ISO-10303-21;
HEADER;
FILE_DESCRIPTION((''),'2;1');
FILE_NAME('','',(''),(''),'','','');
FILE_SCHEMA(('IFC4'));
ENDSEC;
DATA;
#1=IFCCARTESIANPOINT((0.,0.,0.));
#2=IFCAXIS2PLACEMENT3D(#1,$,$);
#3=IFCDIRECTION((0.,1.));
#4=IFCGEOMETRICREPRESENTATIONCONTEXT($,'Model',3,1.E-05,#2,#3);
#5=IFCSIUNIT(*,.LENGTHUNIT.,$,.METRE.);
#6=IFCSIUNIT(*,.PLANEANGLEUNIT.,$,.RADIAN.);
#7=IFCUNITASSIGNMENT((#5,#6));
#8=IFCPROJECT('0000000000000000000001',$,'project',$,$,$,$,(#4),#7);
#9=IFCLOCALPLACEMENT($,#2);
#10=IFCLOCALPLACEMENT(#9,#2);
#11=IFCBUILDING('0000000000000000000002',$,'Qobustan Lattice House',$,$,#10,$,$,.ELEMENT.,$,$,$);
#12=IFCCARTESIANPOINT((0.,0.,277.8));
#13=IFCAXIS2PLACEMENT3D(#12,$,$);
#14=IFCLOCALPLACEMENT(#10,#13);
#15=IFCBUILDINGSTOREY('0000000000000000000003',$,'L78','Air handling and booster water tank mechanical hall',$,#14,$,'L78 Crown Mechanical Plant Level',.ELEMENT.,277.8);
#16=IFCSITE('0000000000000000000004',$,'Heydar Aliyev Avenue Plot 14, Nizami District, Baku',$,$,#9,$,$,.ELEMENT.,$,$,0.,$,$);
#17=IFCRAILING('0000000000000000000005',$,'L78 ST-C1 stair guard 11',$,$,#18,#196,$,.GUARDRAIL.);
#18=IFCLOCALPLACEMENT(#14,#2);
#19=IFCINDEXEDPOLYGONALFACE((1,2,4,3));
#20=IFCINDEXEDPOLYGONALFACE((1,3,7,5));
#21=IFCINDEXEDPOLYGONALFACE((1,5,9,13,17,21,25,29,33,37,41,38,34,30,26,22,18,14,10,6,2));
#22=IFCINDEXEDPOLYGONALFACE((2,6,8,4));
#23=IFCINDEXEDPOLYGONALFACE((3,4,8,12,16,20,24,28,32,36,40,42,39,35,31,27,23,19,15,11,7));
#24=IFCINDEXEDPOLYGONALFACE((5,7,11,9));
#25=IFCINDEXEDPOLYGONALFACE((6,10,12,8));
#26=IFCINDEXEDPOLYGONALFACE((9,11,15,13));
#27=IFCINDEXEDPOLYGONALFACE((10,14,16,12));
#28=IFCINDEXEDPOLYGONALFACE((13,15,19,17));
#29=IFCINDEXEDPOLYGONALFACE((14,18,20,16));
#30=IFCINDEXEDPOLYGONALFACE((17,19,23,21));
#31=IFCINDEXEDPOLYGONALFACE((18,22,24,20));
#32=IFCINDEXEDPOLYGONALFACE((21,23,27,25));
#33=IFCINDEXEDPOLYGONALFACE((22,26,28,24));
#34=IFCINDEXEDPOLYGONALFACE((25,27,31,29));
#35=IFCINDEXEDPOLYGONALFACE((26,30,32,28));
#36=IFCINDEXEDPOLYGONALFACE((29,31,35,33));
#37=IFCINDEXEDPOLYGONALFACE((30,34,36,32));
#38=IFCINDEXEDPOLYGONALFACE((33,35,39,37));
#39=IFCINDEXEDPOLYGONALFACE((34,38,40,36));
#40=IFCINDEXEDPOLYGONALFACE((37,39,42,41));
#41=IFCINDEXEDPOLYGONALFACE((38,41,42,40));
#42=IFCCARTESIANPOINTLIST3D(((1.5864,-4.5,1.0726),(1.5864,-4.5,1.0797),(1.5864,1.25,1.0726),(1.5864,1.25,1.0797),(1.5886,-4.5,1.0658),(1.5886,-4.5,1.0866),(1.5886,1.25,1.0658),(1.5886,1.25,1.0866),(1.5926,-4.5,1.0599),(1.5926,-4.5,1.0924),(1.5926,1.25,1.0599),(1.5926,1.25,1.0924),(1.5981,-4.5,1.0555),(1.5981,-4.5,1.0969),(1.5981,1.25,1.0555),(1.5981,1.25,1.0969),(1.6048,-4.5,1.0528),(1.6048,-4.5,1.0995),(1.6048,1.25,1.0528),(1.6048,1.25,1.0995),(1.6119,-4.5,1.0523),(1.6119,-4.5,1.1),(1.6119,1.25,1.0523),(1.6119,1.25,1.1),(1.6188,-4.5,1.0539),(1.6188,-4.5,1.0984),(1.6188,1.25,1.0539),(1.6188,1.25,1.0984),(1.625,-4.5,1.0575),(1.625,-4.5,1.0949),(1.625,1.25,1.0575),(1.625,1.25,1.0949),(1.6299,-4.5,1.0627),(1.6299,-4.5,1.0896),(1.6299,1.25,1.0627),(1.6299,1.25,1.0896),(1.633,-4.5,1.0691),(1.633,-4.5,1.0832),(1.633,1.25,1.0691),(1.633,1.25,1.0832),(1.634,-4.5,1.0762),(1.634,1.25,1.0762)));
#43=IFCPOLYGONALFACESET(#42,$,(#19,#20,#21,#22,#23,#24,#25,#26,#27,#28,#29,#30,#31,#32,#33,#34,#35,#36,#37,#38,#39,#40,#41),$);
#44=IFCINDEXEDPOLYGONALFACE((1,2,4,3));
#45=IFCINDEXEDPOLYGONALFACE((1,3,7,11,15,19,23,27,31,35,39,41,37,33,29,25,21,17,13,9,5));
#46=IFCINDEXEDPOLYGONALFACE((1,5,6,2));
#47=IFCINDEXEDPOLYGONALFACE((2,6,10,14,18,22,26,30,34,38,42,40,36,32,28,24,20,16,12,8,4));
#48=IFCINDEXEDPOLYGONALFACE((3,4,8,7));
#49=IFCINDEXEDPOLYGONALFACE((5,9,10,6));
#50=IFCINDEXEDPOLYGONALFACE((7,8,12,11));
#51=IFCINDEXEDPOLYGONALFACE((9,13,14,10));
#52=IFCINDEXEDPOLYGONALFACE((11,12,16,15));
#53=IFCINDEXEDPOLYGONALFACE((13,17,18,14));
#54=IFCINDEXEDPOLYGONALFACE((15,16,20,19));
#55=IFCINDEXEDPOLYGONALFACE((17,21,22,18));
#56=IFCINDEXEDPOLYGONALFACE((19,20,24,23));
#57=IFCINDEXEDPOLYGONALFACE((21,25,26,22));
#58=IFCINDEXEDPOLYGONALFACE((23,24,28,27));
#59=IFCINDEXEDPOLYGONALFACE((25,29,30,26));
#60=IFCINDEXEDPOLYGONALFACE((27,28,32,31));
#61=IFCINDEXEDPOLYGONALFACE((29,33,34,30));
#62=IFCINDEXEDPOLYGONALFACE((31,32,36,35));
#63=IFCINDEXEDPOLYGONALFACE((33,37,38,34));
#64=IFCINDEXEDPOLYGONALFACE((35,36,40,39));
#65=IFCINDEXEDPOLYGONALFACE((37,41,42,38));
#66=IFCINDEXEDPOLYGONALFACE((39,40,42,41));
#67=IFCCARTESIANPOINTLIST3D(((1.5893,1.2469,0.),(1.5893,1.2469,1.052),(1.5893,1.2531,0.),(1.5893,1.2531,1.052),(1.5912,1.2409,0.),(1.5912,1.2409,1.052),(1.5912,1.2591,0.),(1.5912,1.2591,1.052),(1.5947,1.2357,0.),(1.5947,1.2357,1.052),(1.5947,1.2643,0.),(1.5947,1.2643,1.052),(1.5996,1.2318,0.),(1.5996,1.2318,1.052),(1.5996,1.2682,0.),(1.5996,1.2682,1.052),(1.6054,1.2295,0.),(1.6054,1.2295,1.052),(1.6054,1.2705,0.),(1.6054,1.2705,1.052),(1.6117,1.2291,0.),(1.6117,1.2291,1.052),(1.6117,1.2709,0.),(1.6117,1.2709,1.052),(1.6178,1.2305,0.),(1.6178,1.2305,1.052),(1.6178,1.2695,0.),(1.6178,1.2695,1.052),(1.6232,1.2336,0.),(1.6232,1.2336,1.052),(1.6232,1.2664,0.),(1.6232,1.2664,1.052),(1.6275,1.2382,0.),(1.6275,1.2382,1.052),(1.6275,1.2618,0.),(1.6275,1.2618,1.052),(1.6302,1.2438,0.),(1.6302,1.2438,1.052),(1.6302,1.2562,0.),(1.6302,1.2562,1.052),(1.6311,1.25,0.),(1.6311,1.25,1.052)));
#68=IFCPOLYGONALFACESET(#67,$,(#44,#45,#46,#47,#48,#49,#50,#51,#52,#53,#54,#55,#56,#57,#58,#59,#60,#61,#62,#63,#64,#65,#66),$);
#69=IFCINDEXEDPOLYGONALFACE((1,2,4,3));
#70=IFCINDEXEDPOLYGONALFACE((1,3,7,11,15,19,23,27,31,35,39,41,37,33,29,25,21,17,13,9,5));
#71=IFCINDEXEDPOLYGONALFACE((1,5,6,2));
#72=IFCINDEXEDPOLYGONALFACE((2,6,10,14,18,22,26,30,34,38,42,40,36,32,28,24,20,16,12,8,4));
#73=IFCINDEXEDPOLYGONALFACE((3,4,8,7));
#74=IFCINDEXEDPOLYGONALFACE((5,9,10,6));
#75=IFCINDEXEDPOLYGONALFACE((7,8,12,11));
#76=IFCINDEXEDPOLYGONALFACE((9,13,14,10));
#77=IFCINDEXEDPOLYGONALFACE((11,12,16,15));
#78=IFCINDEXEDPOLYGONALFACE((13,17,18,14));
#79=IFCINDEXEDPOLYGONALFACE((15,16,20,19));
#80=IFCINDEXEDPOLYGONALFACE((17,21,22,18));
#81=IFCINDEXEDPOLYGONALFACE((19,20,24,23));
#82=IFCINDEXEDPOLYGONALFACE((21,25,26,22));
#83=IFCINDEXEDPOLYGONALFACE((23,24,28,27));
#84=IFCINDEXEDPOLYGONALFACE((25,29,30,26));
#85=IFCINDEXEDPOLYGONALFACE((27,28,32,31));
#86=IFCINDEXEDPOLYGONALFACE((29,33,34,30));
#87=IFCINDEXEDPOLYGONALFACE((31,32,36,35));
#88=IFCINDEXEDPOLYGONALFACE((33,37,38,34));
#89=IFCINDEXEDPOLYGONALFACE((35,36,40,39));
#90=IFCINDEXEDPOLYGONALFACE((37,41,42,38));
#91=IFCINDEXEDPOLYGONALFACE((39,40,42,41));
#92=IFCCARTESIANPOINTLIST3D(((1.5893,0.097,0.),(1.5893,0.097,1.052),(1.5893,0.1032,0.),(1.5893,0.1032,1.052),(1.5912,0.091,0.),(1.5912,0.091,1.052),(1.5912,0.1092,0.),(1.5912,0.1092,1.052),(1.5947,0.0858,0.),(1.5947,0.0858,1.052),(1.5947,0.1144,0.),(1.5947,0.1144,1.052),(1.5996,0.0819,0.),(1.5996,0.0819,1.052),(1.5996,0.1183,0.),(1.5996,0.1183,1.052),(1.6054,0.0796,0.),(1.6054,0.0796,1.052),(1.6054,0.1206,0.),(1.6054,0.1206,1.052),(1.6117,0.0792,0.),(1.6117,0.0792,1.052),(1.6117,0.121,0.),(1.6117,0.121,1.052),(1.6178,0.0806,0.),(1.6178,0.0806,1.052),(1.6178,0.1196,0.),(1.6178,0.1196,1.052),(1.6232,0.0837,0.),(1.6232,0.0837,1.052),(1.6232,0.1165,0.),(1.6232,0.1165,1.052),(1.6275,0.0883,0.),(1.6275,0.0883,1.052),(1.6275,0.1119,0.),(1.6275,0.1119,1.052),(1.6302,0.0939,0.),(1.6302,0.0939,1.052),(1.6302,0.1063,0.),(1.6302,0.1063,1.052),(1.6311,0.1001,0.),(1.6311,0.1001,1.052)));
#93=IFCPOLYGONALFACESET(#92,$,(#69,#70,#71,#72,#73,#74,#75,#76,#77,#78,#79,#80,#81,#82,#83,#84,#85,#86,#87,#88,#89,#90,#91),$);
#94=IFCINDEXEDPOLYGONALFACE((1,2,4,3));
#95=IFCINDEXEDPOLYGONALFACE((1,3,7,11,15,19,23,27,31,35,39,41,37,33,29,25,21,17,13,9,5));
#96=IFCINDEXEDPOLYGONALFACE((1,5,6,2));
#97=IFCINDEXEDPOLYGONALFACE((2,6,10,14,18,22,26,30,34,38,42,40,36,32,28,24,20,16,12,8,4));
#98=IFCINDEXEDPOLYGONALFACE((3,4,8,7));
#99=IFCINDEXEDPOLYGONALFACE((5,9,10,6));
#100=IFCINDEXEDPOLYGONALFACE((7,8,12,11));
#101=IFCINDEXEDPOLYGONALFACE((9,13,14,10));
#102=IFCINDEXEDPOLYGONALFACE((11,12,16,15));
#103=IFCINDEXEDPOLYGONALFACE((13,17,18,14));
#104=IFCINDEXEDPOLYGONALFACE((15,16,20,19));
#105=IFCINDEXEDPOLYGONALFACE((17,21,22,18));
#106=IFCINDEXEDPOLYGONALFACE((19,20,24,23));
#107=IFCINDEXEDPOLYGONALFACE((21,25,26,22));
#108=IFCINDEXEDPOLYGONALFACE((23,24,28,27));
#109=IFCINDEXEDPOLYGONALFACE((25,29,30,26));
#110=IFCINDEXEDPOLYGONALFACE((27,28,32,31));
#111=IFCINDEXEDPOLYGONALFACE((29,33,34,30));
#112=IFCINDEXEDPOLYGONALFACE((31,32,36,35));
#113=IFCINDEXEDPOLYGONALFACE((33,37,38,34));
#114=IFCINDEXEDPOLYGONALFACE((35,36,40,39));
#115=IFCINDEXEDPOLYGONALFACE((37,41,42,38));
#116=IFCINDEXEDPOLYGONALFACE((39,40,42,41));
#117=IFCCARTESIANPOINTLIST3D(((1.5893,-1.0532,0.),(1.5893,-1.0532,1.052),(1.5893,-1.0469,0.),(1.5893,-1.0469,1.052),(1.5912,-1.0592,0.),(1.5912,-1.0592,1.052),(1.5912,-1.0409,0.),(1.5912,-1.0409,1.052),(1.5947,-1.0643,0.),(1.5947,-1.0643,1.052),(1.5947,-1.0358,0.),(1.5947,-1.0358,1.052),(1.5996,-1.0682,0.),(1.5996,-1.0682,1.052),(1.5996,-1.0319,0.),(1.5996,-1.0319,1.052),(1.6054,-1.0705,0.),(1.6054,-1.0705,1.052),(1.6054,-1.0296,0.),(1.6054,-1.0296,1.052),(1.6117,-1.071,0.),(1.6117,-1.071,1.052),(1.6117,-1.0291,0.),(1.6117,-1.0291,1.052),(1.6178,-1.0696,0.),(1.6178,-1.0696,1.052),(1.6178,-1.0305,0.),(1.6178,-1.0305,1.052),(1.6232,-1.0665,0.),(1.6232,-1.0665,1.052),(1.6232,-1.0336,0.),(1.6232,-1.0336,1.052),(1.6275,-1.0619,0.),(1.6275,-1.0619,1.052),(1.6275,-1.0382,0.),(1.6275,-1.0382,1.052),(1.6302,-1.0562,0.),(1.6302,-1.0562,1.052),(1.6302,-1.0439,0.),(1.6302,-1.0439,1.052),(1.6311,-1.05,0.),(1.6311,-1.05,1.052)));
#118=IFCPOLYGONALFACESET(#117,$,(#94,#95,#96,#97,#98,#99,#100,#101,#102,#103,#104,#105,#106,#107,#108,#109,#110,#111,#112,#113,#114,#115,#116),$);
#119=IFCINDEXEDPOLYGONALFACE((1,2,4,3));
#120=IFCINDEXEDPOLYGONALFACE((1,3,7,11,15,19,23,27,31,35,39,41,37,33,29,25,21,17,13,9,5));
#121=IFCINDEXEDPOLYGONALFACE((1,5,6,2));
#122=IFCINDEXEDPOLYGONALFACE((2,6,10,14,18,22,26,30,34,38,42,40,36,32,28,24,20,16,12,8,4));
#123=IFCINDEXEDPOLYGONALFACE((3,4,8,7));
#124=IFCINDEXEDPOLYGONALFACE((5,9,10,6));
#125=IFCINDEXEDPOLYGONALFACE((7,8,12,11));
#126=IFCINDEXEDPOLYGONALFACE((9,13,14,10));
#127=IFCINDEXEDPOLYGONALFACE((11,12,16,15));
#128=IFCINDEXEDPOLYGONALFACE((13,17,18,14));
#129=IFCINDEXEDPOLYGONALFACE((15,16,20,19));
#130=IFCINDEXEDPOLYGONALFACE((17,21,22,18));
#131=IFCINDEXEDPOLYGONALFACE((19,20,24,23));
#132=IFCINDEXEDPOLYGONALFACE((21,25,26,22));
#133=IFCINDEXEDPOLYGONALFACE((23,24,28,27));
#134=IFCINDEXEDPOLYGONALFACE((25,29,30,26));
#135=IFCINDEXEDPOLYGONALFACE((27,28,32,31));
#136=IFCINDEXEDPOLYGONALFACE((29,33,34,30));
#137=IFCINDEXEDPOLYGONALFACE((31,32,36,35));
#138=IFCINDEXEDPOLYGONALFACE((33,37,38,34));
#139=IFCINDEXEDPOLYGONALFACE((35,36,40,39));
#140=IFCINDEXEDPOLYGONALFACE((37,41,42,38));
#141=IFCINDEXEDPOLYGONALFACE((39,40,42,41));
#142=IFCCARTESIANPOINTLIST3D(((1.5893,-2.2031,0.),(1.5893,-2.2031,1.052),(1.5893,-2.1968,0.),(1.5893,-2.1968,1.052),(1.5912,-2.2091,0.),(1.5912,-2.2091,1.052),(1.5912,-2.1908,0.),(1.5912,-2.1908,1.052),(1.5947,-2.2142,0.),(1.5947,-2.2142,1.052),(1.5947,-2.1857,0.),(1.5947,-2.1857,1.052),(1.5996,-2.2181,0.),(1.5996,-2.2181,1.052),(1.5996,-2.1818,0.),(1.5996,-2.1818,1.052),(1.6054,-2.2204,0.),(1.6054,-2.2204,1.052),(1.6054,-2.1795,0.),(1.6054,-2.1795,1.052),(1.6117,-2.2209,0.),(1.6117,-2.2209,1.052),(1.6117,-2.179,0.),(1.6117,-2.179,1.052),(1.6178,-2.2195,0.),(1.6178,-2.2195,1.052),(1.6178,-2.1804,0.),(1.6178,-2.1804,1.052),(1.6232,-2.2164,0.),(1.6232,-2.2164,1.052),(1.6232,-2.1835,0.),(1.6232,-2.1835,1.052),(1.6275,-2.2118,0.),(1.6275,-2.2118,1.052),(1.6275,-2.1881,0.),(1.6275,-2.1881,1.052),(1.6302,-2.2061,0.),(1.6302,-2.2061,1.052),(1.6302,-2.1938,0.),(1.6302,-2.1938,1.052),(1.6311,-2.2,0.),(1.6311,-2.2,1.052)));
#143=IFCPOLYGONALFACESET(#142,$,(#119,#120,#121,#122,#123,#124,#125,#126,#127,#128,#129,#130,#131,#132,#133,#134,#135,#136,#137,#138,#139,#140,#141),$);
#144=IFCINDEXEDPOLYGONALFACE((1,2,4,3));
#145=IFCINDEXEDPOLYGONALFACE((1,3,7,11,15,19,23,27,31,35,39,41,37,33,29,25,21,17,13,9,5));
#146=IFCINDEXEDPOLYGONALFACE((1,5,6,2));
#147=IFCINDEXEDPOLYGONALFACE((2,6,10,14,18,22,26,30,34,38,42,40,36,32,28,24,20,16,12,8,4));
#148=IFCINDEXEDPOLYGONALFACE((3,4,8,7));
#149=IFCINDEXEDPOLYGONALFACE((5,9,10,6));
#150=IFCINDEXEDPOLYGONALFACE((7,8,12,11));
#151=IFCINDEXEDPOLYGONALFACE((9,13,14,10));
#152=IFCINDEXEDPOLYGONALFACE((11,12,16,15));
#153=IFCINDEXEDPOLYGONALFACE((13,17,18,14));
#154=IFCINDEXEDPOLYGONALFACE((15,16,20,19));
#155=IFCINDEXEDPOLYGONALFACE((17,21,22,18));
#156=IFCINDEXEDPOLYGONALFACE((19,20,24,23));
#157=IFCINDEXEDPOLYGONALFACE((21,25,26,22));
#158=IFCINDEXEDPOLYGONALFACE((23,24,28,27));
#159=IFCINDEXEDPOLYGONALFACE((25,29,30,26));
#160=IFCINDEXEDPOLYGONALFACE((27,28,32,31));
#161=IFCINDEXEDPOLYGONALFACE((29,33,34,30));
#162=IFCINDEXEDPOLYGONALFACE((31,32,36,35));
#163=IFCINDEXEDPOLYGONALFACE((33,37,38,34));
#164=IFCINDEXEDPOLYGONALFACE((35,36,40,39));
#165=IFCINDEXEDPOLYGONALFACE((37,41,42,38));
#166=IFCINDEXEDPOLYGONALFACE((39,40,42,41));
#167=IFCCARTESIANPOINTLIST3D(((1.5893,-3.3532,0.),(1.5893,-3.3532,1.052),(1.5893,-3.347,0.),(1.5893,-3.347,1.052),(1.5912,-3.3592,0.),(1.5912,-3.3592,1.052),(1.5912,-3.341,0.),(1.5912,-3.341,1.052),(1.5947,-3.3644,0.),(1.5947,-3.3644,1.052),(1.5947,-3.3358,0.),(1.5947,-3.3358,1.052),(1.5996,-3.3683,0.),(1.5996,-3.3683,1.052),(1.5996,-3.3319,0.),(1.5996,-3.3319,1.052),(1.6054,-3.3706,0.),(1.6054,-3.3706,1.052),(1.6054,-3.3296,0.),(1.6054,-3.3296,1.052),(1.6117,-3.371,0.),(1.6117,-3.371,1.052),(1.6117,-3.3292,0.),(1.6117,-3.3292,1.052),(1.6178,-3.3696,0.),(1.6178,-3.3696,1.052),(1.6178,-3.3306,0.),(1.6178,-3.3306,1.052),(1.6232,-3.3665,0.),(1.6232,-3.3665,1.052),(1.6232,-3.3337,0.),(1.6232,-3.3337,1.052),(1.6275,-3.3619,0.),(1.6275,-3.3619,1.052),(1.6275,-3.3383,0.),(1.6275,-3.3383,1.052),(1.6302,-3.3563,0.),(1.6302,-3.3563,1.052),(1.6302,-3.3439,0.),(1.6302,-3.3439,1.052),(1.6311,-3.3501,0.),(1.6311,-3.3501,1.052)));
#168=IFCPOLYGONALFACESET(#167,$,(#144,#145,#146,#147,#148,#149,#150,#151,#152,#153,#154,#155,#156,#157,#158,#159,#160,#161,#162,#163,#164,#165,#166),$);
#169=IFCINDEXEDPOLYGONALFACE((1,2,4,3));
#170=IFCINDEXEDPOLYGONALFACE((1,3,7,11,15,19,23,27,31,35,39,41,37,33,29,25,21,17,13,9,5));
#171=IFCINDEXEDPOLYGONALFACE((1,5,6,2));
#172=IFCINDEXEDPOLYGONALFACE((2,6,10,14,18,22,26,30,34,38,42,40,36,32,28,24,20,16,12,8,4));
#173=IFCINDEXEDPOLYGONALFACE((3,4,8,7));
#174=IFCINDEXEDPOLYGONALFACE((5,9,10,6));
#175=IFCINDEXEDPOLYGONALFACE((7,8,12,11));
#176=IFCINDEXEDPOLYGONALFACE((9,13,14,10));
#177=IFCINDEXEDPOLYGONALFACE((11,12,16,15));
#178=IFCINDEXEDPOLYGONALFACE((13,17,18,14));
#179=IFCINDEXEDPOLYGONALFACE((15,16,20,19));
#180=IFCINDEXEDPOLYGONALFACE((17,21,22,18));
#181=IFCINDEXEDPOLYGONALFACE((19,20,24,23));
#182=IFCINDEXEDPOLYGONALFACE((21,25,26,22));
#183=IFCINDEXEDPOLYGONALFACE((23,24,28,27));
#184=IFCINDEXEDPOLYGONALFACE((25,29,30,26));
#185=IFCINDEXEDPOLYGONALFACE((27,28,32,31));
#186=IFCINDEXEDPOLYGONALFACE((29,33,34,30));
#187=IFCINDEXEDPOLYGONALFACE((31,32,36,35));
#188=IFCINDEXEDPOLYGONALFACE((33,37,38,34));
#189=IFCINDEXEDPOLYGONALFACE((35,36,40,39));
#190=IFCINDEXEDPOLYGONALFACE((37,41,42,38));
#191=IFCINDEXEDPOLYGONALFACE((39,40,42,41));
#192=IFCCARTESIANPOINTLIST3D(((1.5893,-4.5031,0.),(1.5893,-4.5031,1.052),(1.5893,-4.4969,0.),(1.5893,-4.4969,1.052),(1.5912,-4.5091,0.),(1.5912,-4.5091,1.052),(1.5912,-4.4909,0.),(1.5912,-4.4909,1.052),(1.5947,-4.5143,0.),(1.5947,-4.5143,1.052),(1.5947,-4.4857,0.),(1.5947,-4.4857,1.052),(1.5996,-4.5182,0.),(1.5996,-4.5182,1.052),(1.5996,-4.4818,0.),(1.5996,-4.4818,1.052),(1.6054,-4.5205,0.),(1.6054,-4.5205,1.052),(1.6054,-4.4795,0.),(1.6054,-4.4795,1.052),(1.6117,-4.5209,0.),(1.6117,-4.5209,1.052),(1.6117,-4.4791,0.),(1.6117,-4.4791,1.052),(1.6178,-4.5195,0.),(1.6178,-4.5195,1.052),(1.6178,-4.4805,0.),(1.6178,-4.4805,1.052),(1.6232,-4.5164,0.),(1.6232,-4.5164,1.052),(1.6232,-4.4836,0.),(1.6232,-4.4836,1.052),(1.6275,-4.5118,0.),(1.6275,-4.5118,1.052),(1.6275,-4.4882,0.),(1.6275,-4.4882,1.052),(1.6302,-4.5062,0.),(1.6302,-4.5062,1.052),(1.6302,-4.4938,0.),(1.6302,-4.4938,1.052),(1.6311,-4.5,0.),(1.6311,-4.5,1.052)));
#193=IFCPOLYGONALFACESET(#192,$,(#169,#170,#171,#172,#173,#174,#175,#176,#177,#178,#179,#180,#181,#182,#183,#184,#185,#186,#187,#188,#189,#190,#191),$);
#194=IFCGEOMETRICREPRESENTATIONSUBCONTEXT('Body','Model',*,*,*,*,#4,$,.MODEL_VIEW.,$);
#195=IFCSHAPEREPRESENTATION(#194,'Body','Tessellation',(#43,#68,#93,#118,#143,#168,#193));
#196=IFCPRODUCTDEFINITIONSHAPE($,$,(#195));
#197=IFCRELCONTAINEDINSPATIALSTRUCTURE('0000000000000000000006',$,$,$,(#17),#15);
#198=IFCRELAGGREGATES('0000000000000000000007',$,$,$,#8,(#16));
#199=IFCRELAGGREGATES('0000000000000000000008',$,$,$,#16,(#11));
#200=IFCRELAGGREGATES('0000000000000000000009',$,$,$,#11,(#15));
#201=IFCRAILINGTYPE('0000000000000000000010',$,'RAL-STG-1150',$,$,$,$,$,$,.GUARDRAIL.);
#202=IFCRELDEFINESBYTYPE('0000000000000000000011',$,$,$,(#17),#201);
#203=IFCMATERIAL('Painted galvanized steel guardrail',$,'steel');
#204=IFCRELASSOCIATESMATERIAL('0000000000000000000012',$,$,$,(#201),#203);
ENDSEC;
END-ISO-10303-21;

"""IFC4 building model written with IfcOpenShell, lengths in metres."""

from ifc_helpers import new_model, si_unit, direction, frame, origin, origin_2d, place, context, subcontext, project, spatial, circle, extrude, material, type_object, element, save


model = new_model("IFC4")

# Units and contexts
model_context = context("Model", 3, precision=1e-05, world=origin(), true_north=direction((0.0, 1.0)))
body_context = subcontext(model_context, "Body", "Model", "MODEL_VIEW")
ifc_project = project(units=[si_unit("LENGTHUNIT", "METRE"), si_unit("PLANEANGLEUNIT", "RADIAN")], contexts=[model_context])

# Site, building, storey
site_placement = place(None, origin())
site = spatial("IfcSite", under=ifc_project, at=site_placement, Name="Heydar Aliyev Avenue Plot 14, Nizami District, Baku", CompositionType="ELEMENT", RefElevation=0.0)
building_placement = place(site_placement, origin())
building = spatial("IfcBuilding", under=site, at=building_placement, Name="Qobustan Lattice House", CompositionType="ELEMENT")
storey_placement = place(building_placement, frame((0.0, 0.0, 277.8)))
storey = spatial("IfcBuildingStorey", under=building, at=storey_placement, Name="L78", Description="Air handling and booster water tank mechanical hall", LongName="L78 Crown Mechanical Plant Level", CompositionType="ELEMENT", Elevation=277.8)

# Railing
ifc_material_1 = material(Name="Painted galvanized steel guardrail", Category="steel")
railing_type = type_object("IfcRailingType", Name="RAL-STG-1150", PredefinedType="GUARDRAIL", material=ifc_material_1)
railing_1_placement = place(storey_placement, frame((1.6101, 1.25, 0.0)))
element("IfcRailing", 1, at=railing_1_placement, inside=storey, type_object=railing_type, Name="L78 ST-C1 stair guard 11", PredefinedType="GUARDRAIL", context=body_context, shape_type="SweptSolid", body=[
    extrude(circle(Radius=0.0239, at=origin_2d()), frame((0.0, 0.0, 1.0762), z_axis=(0.0, -1.0, 0.0), x_axis=(1.0, 0.0, 0.0)), (0.0, 0.0, 1.0), 5.75),
    extrude(circle(Radius=0.021, at=origin_2d()), origin(), (0.0, 0.0, 1.0), 1.052),
    extrude(circle(Radius=0.021, at=origin_2d()), frame((0.0, -1.1499, 0.0)), (0.0, 0.0, 1.0), 1.052),
    extrude(circle(Radius=0.021, at=origin_2d()), frame((0.0, -2.3, 0.0)), (0.0, 0.0, 1.0), 1.052),
    extrude(circle(Radius=0.021, at=origin_2d()), frame((0.0, -3.45, 0.0)), (0.0, 0.0, 1.0), 1.052),
    extrude(circle(Radius=0.021, at=origin_2d()), frame((0.0, -4.6001, 0.0)), (0.0, 0.0, 1.0), 1.052),
    extrude(circle(Radius=0.021, at=origin_2d()), frame((0.0, -5.75, 0.0)), (0.0, 0.0, 1.0), 1.052),
])

save(model, "model.ifc")
